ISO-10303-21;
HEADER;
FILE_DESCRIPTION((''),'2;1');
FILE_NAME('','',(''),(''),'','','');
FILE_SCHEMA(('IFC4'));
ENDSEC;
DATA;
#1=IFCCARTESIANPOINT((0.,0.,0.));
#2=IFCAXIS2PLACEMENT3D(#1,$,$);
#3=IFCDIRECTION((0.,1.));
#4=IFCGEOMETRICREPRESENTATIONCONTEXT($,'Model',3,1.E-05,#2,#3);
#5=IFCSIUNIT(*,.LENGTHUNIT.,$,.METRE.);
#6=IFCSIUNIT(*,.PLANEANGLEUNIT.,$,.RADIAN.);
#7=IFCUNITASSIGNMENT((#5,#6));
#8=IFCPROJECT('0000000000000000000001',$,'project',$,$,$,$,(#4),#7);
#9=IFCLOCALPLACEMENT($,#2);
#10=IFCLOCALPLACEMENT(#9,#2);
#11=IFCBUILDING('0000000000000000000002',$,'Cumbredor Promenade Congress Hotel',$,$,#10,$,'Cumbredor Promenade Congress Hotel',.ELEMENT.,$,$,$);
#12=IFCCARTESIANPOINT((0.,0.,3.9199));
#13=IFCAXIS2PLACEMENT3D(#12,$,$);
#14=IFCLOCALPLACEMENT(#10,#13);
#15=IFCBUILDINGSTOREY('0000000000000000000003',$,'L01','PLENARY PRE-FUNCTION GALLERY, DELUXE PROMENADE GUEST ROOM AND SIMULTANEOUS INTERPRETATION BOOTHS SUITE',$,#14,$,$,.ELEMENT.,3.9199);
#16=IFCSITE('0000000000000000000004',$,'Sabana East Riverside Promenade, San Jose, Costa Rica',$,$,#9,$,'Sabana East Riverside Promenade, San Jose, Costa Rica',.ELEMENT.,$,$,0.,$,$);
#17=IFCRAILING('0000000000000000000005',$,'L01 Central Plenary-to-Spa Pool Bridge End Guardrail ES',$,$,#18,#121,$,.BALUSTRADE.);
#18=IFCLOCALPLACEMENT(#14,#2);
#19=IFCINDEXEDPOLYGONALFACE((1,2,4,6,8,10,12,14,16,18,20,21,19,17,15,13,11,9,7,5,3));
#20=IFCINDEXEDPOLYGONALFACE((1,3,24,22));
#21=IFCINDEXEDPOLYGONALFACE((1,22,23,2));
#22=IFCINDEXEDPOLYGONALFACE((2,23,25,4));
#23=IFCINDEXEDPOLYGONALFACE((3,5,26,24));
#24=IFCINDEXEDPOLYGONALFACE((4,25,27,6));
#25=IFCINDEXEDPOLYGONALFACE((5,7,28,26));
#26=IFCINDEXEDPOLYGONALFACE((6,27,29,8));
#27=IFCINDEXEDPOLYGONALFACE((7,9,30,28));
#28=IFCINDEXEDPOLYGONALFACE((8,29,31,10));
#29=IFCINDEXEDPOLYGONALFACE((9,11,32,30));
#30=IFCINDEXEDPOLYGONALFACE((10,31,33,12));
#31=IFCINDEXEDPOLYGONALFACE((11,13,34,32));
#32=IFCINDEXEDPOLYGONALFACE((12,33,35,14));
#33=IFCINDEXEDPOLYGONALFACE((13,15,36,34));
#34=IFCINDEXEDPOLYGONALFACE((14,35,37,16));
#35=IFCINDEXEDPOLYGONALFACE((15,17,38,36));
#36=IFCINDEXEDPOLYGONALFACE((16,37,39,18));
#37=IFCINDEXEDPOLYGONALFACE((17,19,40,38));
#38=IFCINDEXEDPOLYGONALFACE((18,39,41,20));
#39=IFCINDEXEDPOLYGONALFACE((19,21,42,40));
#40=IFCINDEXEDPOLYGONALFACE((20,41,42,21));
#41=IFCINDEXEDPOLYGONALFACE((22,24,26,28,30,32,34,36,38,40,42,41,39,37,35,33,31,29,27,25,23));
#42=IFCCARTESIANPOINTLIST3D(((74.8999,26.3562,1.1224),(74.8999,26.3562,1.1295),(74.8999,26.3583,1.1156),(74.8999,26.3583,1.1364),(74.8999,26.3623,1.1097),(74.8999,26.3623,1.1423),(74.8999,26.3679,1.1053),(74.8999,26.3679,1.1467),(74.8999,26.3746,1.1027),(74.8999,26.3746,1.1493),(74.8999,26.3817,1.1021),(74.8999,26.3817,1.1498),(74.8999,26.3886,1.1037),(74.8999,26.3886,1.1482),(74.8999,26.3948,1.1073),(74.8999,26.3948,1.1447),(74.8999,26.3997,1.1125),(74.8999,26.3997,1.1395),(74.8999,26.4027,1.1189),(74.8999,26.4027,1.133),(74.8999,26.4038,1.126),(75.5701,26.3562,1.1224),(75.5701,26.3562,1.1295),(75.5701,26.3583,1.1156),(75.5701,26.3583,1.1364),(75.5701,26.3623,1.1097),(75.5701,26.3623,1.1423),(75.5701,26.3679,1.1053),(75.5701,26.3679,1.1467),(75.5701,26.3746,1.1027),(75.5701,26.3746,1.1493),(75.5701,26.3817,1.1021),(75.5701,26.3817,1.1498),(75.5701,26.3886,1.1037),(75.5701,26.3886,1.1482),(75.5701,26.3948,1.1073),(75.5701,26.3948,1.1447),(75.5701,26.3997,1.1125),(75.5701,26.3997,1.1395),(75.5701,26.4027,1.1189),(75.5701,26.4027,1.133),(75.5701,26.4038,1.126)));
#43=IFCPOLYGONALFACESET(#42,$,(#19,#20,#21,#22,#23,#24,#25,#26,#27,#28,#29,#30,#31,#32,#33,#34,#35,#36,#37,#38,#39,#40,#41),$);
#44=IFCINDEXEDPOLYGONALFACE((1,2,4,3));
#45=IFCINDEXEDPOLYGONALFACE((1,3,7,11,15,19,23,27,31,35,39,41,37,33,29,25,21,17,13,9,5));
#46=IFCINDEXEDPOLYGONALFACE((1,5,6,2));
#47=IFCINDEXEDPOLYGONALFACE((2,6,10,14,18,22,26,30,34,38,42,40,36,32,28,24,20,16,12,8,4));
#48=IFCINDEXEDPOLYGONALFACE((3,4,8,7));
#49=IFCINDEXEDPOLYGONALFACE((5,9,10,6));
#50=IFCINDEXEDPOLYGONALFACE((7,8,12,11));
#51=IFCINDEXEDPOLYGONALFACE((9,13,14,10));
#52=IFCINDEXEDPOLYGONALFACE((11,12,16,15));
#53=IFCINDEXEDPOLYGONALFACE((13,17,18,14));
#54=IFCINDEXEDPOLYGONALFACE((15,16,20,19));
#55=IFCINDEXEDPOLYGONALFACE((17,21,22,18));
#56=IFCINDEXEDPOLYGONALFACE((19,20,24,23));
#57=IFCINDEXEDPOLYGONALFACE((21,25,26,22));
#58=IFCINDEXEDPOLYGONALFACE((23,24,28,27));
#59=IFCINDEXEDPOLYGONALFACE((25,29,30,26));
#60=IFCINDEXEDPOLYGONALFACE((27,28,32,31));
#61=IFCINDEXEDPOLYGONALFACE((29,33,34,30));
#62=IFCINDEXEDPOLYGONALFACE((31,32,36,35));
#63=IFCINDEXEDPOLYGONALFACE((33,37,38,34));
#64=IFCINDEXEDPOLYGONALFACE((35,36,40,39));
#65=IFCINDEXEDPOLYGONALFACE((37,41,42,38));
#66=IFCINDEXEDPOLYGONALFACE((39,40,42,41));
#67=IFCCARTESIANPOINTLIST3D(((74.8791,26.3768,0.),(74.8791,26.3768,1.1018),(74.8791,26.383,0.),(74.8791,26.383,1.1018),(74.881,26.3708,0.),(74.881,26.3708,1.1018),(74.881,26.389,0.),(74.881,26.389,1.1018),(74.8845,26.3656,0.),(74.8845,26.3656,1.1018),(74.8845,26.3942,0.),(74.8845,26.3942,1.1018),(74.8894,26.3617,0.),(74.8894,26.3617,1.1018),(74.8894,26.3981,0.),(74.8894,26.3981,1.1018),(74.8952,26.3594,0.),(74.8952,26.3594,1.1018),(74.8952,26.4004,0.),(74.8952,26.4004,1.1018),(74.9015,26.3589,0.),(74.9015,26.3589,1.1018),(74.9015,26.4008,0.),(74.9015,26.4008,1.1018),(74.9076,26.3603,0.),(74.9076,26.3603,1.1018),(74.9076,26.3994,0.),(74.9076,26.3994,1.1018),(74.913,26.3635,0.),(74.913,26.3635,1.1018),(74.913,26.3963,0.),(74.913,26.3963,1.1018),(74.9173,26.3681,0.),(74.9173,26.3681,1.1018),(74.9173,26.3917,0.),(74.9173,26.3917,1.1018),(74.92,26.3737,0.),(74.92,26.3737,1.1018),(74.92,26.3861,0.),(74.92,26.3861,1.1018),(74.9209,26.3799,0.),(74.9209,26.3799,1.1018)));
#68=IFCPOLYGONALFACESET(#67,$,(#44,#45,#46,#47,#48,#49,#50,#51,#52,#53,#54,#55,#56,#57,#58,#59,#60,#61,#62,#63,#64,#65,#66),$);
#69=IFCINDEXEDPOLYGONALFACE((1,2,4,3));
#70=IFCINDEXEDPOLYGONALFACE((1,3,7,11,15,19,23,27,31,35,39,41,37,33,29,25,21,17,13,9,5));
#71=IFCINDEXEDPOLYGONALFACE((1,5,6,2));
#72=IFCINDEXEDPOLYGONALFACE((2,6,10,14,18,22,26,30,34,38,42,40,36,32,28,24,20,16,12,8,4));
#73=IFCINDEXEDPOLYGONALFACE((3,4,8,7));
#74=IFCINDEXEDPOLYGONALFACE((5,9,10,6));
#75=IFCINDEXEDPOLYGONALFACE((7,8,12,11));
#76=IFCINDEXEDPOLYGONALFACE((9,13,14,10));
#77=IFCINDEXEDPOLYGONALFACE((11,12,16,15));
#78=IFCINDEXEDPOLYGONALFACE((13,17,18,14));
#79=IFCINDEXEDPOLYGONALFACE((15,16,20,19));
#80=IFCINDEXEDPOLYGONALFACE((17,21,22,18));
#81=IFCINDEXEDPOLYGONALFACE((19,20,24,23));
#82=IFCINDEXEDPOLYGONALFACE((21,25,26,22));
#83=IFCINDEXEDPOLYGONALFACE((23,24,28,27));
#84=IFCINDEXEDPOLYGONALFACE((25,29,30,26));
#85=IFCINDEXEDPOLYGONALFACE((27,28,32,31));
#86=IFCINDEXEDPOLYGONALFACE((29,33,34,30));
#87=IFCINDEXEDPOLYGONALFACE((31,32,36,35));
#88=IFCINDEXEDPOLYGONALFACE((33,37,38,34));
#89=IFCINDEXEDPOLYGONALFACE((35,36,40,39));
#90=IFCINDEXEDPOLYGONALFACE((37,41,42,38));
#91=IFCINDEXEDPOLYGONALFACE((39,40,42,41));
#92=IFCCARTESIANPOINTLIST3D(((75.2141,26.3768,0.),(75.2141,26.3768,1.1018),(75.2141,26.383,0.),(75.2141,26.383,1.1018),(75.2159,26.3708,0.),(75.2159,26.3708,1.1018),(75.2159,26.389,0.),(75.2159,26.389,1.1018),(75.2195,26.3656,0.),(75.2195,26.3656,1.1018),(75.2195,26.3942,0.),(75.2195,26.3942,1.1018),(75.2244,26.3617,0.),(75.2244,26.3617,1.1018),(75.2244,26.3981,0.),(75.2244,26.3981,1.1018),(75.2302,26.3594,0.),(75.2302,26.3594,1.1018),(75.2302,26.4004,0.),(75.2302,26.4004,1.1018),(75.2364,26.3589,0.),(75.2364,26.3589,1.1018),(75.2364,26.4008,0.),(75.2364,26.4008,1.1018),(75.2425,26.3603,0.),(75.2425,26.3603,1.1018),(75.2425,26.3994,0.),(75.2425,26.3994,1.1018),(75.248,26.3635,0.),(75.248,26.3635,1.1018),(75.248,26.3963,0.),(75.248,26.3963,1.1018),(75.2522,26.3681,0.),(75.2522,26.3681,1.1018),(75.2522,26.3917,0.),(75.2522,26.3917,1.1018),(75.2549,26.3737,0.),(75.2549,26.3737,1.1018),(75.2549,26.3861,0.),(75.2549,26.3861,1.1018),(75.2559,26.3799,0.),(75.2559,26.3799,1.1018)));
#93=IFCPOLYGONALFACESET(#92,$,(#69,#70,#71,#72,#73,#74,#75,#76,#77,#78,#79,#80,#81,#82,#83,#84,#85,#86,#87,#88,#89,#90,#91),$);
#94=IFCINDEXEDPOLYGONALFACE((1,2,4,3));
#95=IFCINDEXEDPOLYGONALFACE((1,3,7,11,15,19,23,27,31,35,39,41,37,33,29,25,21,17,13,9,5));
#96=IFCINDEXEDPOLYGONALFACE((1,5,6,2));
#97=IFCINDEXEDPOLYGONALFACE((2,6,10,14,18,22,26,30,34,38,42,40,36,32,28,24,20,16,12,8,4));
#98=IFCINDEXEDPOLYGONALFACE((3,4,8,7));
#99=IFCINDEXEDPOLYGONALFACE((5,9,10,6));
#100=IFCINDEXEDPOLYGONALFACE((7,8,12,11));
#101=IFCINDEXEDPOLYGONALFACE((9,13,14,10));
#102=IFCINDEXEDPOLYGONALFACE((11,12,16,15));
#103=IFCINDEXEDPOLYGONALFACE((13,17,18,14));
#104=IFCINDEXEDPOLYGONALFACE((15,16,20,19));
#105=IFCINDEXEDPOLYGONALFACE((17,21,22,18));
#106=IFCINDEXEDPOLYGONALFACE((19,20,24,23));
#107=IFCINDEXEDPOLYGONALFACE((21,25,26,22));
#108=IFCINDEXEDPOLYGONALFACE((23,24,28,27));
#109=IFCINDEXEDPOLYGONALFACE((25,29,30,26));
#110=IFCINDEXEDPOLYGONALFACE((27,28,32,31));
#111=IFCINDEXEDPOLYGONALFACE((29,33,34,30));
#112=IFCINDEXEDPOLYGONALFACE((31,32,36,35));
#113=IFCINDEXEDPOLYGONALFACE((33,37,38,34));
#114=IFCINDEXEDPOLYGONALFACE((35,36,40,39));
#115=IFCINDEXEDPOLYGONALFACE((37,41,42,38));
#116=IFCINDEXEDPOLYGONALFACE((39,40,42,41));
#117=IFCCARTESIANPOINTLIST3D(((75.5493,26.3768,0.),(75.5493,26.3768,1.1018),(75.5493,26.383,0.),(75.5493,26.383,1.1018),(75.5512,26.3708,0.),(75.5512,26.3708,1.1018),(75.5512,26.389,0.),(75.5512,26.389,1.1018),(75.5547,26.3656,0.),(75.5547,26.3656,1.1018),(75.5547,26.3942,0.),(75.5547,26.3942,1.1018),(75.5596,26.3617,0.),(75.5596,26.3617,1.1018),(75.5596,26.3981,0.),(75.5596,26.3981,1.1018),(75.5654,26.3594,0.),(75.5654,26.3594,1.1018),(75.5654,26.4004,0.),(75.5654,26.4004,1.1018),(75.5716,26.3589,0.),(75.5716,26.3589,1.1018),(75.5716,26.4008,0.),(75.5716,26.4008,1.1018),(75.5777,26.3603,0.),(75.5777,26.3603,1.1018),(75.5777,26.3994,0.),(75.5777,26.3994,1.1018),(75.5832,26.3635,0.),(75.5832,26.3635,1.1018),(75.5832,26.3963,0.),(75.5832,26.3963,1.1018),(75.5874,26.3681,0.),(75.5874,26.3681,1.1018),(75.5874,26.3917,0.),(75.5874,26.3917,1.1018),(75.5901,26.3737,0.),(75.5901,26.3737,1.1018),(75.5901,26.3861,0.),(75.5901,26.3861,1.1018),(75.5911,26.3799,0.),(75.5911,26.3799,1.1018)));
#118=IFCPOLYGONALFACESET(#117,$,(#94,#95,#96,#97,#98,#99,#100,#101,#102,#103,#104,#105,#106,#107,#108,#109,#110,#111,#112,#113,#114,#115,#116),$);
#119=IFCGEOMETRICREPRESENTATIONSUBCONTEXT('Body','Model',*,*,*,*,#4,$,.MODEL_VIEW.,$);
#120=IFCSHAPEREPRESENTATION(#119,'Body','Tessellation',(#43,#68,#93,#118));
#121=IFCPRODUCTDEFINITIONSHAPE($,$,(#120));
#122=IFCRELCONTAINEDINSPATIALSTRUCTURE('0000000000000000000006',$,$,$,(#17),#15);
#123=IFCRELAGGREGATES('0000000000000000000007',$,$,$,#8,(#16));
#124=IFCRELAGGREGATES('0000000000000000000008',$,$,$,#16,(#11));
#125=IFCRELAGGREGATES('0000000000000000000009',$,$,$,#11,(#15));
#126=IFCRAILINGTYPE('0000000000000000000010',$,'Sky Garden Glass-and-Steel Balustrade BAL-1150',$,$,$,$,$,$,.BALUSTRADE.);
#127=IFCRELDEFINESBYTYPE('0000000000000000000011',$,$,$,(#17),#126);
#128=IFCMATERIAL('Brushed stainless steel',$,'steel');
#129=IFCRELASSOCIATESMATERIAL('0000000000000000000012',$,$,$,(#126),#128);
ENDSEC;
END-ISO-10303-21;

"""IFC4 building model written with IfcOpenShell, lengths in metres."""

from ifc_helpers import new_model, si_unit, direction, frame, origin, origin_2d, place, context, subcontext, project, spatial, circle, extrude, material, type_object, element, save


model = new_model("IFC4")

# Units and contexts
model_context = context("Model", 3, precision=1e-05, world=origin(), true_north=direction((0.0, 1.0)))
body_context = subcontext(model_context, "Body", "Model", "MODEL_VIEW")
ifc_project = project(units=[si_unit("LENGTHUNIT", "METRE"), si_unit("PLANEANGLEUNIT", "RADIAN")], contexts=[model_context])

# Site, building, storey
site_placement = place(None, origin())
site = spatial("IfcSite", under=ifc_project, at=site_placement, Name="Sabana East Riverside Promenade, San Jose, Costa Rica", LongName="Sabana East Riverside Promenade, San Jose, Costa Rica", CompositionType="ELEMENT", RefElevation=0.0)
building_placement = place(site_placement, origin())
building = spatial("IfcBuilding", under=site, at=building_placement, Name="Cumbredor Promenade Congress Hotel", LongName="Cumbredor Promenade Congress Hotel", CompositionType="ELEMENT")
storey_placement = place(building_placement, frame((0.0, 0.0, 3.9199)))
storey = spatial("IfcBuildingStorey", under=building, at=storey_placement, Name="L01", Description="PLENARY PRE-FUNCTION GALLERY, DELUXE PROMENADE GUEST ROOM AND SIMULTANEOUS INTERPRETATION BOOTHS SUITE", CompositionType="ELEMENT", Elevation=3.9199)

# Railing
ifc_material_1 = material(Name="Brushed stainless steel", Category="steel")
railing_type = type_object("IfcRailingType", Name="Sky Garden Glass-and-Steel Balustrade BAL-1150", PredefinedType="BALUSTRADE", material=ifc_material_1)
railing_placement = place(storey_placement, frame((74.8999, 26.3799, 0.0)))
element("IfcRailing", 1, at=railing_placement, inside=storey, type_object=railing_type, Name="L01 Central Plenary-to-Spa Pool Bridge End Guardrail ES", PredefinedType="BALUSTRADE", context=body_context, shape_type="SweptSolid", body=[
    extrude(circle(Radius=0.0239, at=origin_2d()), frame((0.0, 0.0, 1.126), z_axis=(1.0, 0.0, 0.0), x_axis=(0.0, 1.0, 0.0)), (0.0, 0.0, 1.0), 0.6702),
    extrude(circle(Radius=0.021, at=origin_2d()), origin(), (0.0, 0.0, 1.0), 1.1018),
    extrude(circle(Radius=0.021, at=origin_2d()), frame((0.335, 0.0, 0.0)), (0.0, 0.0, 1.0), 1.1018),
    extrude(circle(Radius=0.021, at=origin_2d()), frame((0.6702, 0.0, 0.0)), (0.0, 0.0, 1.0), 1.1018),
])

save(model, "model.ifc")
